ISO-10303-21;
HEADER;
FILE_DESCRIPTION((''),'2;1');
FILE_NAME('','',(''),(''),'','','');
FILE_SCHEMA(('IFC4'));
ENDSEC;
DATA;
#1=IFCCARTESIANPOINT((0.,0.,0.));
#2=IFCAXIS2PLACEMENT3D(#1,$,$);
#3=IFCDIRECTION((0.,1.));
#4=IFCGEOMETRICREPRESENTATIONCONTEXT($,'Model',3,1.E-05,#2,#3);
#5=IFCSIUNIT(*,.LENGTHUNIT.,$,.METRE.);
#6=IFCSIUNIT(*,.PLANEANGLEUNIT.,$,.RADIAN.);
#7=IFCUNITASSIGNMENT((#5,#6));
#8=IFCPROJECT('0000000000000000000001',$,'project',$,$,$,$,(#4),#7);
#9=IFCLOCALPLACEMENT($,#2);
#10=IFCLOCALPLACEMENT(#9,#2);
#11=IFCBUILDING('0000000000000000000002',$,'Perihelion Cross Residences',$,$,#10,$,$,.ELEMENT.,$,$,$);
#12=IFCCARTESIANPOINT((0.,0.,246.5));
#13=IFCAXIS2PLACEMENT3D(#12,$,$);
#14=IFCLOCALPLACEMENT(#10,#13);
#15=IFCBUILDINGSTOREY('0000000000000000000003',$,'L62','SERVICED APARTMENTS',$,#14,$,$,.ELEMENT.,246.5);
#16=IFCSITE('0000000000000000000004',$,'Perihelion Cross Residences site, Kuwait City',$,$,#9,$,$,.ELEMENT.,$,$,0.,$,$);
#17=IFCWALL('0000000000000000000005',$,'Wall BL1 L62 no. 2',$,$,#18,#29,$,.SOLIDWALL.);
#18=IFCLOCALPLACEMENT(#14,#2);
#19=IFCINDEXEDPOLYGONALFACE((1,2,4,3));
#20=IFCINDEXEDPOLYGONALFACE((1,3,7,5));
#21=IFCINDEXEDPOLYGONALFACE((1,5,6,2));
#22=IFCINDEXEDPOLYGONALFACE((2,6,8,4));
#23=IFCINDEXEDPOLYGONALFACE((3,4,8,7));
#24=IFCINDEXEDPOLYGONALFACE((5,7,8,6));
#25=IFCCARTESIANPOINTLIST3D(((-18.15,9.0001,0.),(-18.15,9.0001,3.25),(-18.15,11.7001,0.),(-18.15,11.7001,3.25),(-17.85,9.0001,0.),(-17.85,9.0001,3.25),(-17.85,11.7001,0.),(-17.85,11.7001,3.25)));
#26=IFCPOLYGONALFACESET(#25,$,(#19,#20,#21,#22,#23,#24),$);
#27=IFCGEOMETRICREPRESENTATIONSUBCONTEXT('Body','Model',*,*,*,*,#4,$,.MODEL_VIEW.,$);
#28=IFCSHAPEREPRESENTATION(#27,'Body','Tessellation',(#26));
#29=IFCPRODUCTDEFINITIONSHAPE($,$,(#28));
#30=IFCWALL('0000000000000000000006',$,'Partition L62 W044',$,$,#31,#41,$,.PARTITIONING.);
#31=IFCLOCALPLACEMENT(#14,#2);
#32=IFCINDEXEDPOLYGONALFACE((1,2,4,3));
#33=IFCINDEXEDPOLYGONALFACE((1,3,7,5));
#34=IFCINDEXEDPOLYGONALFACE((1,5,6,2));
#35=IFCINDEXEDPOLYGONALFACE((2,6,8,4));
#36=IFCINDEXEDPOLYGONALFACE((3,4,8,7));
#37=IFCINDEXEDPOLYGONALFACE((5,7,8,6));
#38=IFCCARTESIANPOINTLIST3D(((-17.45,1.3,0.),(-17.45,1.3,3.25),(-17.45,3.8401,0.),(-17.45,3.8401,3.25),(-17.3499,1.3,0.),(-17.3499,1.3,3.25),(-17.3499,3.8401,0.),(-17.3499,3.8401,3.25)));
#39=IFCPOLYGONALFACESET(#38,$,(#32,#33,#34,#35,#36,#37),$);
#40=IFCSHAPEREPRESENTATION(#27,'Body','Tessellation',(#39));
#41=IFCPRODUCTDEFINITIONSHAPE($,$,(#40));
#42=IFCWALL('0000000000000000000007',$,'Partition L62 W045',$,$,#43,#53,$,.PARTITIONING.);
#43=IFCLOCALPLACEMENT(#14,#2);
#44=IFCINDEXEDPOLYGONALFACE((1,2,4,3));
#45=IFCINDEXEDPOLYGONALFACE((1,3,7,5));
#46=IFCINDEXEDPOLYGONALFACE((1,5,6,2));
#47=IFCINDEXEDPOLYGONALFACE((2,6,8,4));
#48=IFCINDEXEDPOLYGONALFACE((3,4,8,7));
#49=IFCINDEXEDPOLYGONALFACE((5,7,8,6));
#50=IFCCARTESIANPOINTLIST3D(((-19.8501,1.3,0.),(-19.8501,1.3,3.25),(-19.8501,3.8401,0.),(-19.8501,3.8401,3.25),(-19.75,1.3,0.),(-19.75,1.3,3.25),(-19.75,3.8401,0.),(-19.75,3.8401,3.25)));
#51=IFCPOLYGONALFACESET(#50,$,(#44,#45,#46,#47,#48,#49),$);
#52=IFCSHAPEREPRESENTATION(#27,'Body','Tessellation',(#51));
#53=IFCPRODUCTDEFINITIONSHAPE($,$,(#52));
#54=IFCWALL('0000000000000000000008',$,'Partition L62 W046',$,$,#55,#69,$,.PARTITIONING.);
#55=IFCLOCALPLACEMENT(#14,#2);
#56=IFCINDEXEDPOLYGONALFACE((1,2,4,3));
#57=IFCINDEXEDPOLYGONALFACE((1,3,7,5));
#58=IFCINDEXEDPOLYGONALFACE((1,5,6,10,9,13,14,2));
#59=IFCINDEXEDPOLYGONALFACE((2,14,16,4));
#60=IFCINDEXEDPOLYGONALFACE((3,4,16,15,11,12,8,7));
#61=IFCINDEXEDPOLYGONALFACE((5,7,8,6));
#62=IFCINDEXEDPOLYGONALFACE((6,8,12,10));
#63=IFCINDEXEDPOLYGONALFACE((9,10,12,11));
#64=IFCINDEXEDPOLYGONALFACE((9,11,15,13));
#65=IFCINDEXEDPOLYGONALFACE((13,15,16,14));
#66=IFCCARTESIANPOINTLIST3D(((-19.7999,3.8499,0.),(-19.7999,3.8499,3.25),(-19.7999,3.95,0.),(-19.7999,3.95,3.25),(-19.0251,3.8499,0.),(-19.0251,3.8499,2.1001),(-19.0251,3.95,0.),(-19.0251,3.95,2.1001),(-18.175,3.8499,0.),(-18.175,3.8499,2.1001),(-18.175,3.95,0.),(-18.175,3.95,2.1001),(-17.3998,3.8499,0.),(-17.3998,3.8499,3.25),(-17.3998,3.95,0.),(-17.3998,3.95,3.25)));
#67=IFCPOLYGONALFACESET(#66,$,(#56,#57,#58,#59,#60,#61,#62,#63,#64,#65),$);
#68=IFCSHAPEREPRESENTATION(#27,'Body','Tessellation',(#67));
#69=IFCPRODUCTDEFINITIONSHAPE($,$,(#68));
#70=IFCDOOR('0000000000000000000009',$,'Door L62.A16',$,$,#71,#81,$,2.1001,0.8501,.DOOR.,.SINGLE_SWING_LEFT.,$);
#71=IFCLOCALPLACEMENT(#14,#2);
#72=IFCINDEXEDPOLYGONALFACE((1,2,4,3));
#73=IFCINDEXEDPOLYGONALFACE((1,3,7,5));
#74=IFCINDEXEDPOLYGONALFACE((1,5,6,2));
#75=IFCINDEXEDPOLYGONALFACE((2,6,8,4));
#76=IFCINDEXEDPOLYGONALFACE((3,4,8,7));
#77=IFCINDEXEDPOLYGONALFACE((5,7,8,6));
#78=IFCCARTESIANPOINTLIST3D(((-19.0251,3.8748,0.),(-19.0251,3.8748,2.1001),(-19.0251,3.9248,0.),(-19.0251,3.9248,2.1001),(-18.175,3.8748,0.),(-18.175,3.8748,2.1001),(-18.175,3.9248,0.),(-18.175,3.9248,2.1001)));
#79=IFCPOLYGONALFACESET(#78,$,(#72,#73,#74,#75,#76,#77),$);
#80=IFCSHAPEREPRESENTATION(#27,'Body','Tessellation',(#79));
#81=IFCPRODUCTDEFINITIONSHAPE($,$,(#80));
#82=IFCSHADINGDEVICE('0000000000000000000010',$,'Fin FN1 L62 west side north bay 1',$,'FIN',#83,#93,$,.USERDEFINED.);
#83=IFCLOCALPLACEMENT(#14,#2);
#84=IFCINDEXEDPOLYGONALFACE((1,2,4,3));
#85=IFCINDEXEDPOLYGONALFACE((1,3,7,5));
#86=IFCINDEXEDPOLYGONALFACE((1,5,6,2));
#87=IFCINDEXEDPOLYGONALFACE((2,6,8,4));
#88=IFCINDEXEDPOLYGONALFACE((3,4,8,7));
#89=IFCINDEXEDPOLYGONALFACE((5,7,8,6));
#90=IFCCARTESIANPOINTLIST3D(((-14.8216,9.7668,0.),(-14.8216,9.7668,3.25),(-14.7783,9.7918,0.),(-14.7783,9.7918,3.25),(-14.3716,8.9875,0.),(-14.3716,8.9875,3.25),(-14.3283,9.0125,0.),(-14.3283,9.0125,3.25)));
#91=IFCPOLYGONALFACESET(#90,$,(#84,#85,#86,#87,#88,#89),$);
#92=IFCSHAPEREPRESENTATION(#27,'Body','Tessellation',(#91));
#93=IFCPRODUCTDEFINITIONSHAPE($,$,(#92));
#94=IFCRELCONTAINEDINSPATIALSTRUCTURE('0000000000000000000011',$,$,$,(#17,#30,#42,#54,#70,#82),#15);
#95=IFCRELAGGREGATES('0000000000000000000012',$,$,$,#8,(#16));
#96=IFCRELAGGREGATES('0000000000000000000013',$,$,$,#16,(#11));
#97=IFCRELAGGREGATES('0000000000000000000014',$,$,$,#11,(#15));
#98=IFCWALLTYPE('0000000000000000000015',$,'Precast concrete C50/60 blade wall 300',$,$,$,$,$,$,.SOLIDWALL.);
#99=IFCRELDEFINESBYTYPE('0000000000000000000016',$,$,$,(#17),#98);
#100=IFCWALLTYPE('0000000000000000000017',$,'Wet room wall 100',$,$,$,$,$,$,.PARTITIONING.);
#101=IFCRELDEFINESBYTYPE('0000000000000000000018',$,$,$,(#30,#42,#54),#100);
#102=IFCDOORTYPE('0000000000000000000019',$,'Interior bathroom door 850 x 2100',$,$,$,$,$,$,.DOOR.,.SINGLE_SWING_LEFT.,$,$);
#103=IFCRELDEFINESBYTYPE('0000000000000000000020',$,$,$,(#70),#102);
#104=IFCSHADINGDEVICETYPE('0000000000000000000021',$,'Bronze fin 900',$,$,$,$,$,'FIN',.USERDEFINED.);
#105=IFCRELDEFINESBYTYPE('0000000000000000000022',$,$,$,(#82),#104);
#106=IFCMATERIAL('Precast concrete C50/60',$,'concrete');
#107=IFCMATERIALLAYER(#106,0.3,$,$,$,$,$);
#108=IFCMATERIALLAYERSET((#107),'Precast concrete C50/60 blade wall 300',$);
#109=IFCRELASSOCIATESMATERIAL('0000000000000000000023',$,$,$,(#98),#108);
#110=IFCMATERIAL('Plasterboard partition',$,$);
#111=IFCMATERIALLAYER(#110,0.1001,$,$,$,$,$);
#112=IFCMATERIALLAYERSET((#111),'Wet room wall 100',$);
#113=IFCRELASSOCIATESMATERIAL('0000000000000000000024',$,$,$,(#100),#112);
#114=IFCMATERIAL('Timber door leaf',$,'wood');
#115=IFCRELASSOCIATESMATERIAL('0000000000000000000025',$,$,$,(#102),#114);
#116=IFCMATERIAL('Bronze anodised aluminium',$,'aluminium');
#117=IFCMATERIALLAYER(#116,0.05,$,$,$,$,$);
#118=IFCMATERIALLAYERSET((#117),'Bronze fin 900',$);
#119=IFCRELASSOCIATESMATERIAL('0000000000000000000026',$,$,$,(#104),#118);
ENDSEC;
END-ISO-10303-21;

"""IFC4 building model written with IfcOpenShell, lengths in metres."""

from ifc_helpers import new_model, si_unit, direction, frame, frame_2d, origin, origin_2d, place, context, subcontext, project, spatial, rectangle, extrude, material, layer, layer_set, type_object, element, fill, save


model = new_model("IFC4")

# Units and contexts
model_context = context("Model", 3, precision=1e-05, world=origin(), true_north=direction((0.0, 1.0)))
body_context = subcontext(model_context, "Body", "Model", "MODEL_VIEW")
ifc_project = project(units=[si_unit("LENGTHUNIT", "METRE"), si_unit("PLANEANGLEUNIT", "RADIAN")], contexts=[model_context])

# Site, building, storey
site_placement = place(None, origin())
site = spatial("IfcSite", under=ifc_project, at=site_placement, Name="Perihelion Cross Residences site, Kuwait City", CompositionType="ELEMENT", RefElevation=0.0)
building_placement = place(site_placement, origin())
building = spatial("IfcBuilding", under=site, at=building_placement, Name="Perihelion Cross Residences", CompositionType="ELEMENT")
storey_placement = place(building_placement, frame((0.0, 0.0, 246.5)))
storey = spatial("IfcBuildingStorey", under=building, at=storey_placement, Name="L62", Description="SERVICED APARTMENTS", CompositionType="ELEMENT", Elevation=246.5)

# Walls
ifc_material_1 = material(Name="Precast concrete C50/60", Category="concrete")
ifc_layer_1 = layer(ifc_material_1, 0.3)
ifc_layer_set_1 = layer_set([ifc_layer_1], Name="Precast concrete C50/60 blade wall 300")
wall_type_1 = type_object("IfcWallType", Name="Precast concrete C50/60 blade wall 300", PredefinedType="SOLIDWALL", material=ifc_layer_set_1)
for number, where, z_axis, x_axis, name in (
    (1, (-18.0, 9.0, 0.0), (0.0, 0.0, 1.0), (0.0, 1.0, 0.0), "Wall BL1 L62 no. 2"),
):
    element("IfcWall", number, at=place(storey_placement, frame(where, z_axis=z_axis, x_axis=x_axis)), inside=storey, type_object=wall_type_1, Name=name, PredefinedType="SOLIDWALL", context=body_context, shape_type="SweptSolid", body=[
        extrude(rectangle(XDim=2.7, YDim=0.3, at=frame_2d((1.3501, 0.0))), origin(), (0.0, 0.0, 1.0), 3.25),
    ])
ifc_material_2 = material(Name="Plasterboard partition")
ifc_layer_2 = layer(ifc_material_2, 0.1001)
ifc_layer_set_2 = layer_set([ifc_layer_2], Name="Wet room wall 100")
wall_type_2 = type_object("IfcWallType", Name="Wet room wall 100", PredefinedType="PARTITIONING", material=ifc_layer_set_2)
for number, where, z_axis, x_axis, name in (
    (2, (-17.3999, 1.3, 0.0), (0.0, 0.0, 1.0), (0.0, 1.0, 0.0), "Partition L62 W044"),
    (3, (-19.8, 1.3, 0.0), (0.0, 0.0, 1.0), (0.0, 1.0, 0.0), "Partition L62 W045"),
):
    element("IfcWall", number, at=place(storey_placement, frame(where, z_axis=z_axis, x_axis=x_axis)), inside=storey, type_object=wall_type_2, Name=name, PredefinedType="PARTITIONING", context=body_context, shape_type="SweptSolid", body=[
        extrude(rectangle(XDim=2.54, YDim=0.1001, at=frame_2d((1.27, 0.0))), origin(), (0.0, 0.0, 1.0), 3.25),
    ])

# Wall, opening, door
wall_1_placement = place(storey_placement, frame((-19.8, 3.8999, 0.0), z_axis=(0.0, 0.0, 1.0), x_axis=(1.0, 0.0, 0.0)))
wall_1 = element("IfcWall", 4, at=wall_1_placement, inside=storey, type_object=wall_type_2, Name="Partition L62 W046", PredefinedType="PARTITIONING", context=body_context, shape_type="SweptSolid", body=[
    extrude(rectangle(XDim=2.4001, YDim=0.1001, at=frame_2d((1.2002, 0.0))), origin(), (0.0, 0.0, 1.0), 3.25),
])
opening_1_placement = place(wall_1_placement, frame((0.7749, 0.0, 0.0)))
opening_1 = element("IfcOpeningElement", 5, at=opening_1_placement, cuts=wall_1, PredefinedType="OPENING", context=body_context, shape_type="SweptSolid", body=[
    extrude(rectangle(XDim=0.8501, YDim=2.1001, at=frame_2d((0.425, 1.05))), frame((0.0, 0.0601, 0.0), z_axis=(0.0, -1.0, 0.0), x_axis=(1.0, 0.0, 0.0)), (0.0, 0.0, 1.0), 0.1201),
])
ifc_material_3 = material(Name="Timber door leaf", Category="wood")
door_type_1 = type_object("IfcDoorType", Name="Interior bathroom door 850 x 2100", OperationType="SINGLE_SWING_LEFT", PredefinedType="DOOR", material=ifc_material_3)
door_1_placement = place(opening_1_placement, origin())
door_1 = element("IfcDoor", 6, at=door_1_placement, inside=storey, type_object=door_type_1, Name="Door L62.A16", OperationType="SINGLE_SWING_LEFT", OverallHeight=2.1001, OverallWidth=0.8501, PredefinedType="DOOR", context=body_context, shape_type="SweptSolid", body=[
    extrude(rectangle(XDim=0.8501, YDim=2.1001, at=frame_2d((0.425, 1.05))), frame((0.0, 0.0249, 0.0), z_axis=(0.0, -1.0, 0.0), x_axis=(1.0, 0.0, 0.0)), (0.0, 0.0, 1.0), 0.05),
])
fill(opening_1, door_1)

# Shading device
ifc_material_4 = material(Name="Bronze anodised aluminium", Category="aluminium")
ifc_layer_3 = layer(ifc_material_4, 0.05)
ifc_layer_set_3 = layer_set([ifc_layer_3], Name="Bronze fin 900")
shading_device_type = type_object("IfcShadingDeviceType", Name="Bronze fin 900", ElementType="FIN", PredefinedType="USERDEFINED", material=ifc_layer_set_3)
shading_device_placement = place(storey_placement, frame((-14.575, 9.3896, 0.0), z_axis=(0.0, 0.0, 1.0), x_axis=(-0.5, 0.866025, 0.0)))
element("IfcShadingDevice", 7, at=shading_device_placement, inside=storey, type_object=shading_device_type, Name="Fin FN1 L62 west side north bay 1", ObjectType="FIN", PredefinedType="USERDEFINED", context=body_context, shape_type="SweptSolid", body=[
    extrude(rectangle(XDim=0.8999, YDim=0.05, at=origin_2d()), origin(), (0.0, 0.0, 1.0), 3.25),
])

save(model, "model.ifc")
